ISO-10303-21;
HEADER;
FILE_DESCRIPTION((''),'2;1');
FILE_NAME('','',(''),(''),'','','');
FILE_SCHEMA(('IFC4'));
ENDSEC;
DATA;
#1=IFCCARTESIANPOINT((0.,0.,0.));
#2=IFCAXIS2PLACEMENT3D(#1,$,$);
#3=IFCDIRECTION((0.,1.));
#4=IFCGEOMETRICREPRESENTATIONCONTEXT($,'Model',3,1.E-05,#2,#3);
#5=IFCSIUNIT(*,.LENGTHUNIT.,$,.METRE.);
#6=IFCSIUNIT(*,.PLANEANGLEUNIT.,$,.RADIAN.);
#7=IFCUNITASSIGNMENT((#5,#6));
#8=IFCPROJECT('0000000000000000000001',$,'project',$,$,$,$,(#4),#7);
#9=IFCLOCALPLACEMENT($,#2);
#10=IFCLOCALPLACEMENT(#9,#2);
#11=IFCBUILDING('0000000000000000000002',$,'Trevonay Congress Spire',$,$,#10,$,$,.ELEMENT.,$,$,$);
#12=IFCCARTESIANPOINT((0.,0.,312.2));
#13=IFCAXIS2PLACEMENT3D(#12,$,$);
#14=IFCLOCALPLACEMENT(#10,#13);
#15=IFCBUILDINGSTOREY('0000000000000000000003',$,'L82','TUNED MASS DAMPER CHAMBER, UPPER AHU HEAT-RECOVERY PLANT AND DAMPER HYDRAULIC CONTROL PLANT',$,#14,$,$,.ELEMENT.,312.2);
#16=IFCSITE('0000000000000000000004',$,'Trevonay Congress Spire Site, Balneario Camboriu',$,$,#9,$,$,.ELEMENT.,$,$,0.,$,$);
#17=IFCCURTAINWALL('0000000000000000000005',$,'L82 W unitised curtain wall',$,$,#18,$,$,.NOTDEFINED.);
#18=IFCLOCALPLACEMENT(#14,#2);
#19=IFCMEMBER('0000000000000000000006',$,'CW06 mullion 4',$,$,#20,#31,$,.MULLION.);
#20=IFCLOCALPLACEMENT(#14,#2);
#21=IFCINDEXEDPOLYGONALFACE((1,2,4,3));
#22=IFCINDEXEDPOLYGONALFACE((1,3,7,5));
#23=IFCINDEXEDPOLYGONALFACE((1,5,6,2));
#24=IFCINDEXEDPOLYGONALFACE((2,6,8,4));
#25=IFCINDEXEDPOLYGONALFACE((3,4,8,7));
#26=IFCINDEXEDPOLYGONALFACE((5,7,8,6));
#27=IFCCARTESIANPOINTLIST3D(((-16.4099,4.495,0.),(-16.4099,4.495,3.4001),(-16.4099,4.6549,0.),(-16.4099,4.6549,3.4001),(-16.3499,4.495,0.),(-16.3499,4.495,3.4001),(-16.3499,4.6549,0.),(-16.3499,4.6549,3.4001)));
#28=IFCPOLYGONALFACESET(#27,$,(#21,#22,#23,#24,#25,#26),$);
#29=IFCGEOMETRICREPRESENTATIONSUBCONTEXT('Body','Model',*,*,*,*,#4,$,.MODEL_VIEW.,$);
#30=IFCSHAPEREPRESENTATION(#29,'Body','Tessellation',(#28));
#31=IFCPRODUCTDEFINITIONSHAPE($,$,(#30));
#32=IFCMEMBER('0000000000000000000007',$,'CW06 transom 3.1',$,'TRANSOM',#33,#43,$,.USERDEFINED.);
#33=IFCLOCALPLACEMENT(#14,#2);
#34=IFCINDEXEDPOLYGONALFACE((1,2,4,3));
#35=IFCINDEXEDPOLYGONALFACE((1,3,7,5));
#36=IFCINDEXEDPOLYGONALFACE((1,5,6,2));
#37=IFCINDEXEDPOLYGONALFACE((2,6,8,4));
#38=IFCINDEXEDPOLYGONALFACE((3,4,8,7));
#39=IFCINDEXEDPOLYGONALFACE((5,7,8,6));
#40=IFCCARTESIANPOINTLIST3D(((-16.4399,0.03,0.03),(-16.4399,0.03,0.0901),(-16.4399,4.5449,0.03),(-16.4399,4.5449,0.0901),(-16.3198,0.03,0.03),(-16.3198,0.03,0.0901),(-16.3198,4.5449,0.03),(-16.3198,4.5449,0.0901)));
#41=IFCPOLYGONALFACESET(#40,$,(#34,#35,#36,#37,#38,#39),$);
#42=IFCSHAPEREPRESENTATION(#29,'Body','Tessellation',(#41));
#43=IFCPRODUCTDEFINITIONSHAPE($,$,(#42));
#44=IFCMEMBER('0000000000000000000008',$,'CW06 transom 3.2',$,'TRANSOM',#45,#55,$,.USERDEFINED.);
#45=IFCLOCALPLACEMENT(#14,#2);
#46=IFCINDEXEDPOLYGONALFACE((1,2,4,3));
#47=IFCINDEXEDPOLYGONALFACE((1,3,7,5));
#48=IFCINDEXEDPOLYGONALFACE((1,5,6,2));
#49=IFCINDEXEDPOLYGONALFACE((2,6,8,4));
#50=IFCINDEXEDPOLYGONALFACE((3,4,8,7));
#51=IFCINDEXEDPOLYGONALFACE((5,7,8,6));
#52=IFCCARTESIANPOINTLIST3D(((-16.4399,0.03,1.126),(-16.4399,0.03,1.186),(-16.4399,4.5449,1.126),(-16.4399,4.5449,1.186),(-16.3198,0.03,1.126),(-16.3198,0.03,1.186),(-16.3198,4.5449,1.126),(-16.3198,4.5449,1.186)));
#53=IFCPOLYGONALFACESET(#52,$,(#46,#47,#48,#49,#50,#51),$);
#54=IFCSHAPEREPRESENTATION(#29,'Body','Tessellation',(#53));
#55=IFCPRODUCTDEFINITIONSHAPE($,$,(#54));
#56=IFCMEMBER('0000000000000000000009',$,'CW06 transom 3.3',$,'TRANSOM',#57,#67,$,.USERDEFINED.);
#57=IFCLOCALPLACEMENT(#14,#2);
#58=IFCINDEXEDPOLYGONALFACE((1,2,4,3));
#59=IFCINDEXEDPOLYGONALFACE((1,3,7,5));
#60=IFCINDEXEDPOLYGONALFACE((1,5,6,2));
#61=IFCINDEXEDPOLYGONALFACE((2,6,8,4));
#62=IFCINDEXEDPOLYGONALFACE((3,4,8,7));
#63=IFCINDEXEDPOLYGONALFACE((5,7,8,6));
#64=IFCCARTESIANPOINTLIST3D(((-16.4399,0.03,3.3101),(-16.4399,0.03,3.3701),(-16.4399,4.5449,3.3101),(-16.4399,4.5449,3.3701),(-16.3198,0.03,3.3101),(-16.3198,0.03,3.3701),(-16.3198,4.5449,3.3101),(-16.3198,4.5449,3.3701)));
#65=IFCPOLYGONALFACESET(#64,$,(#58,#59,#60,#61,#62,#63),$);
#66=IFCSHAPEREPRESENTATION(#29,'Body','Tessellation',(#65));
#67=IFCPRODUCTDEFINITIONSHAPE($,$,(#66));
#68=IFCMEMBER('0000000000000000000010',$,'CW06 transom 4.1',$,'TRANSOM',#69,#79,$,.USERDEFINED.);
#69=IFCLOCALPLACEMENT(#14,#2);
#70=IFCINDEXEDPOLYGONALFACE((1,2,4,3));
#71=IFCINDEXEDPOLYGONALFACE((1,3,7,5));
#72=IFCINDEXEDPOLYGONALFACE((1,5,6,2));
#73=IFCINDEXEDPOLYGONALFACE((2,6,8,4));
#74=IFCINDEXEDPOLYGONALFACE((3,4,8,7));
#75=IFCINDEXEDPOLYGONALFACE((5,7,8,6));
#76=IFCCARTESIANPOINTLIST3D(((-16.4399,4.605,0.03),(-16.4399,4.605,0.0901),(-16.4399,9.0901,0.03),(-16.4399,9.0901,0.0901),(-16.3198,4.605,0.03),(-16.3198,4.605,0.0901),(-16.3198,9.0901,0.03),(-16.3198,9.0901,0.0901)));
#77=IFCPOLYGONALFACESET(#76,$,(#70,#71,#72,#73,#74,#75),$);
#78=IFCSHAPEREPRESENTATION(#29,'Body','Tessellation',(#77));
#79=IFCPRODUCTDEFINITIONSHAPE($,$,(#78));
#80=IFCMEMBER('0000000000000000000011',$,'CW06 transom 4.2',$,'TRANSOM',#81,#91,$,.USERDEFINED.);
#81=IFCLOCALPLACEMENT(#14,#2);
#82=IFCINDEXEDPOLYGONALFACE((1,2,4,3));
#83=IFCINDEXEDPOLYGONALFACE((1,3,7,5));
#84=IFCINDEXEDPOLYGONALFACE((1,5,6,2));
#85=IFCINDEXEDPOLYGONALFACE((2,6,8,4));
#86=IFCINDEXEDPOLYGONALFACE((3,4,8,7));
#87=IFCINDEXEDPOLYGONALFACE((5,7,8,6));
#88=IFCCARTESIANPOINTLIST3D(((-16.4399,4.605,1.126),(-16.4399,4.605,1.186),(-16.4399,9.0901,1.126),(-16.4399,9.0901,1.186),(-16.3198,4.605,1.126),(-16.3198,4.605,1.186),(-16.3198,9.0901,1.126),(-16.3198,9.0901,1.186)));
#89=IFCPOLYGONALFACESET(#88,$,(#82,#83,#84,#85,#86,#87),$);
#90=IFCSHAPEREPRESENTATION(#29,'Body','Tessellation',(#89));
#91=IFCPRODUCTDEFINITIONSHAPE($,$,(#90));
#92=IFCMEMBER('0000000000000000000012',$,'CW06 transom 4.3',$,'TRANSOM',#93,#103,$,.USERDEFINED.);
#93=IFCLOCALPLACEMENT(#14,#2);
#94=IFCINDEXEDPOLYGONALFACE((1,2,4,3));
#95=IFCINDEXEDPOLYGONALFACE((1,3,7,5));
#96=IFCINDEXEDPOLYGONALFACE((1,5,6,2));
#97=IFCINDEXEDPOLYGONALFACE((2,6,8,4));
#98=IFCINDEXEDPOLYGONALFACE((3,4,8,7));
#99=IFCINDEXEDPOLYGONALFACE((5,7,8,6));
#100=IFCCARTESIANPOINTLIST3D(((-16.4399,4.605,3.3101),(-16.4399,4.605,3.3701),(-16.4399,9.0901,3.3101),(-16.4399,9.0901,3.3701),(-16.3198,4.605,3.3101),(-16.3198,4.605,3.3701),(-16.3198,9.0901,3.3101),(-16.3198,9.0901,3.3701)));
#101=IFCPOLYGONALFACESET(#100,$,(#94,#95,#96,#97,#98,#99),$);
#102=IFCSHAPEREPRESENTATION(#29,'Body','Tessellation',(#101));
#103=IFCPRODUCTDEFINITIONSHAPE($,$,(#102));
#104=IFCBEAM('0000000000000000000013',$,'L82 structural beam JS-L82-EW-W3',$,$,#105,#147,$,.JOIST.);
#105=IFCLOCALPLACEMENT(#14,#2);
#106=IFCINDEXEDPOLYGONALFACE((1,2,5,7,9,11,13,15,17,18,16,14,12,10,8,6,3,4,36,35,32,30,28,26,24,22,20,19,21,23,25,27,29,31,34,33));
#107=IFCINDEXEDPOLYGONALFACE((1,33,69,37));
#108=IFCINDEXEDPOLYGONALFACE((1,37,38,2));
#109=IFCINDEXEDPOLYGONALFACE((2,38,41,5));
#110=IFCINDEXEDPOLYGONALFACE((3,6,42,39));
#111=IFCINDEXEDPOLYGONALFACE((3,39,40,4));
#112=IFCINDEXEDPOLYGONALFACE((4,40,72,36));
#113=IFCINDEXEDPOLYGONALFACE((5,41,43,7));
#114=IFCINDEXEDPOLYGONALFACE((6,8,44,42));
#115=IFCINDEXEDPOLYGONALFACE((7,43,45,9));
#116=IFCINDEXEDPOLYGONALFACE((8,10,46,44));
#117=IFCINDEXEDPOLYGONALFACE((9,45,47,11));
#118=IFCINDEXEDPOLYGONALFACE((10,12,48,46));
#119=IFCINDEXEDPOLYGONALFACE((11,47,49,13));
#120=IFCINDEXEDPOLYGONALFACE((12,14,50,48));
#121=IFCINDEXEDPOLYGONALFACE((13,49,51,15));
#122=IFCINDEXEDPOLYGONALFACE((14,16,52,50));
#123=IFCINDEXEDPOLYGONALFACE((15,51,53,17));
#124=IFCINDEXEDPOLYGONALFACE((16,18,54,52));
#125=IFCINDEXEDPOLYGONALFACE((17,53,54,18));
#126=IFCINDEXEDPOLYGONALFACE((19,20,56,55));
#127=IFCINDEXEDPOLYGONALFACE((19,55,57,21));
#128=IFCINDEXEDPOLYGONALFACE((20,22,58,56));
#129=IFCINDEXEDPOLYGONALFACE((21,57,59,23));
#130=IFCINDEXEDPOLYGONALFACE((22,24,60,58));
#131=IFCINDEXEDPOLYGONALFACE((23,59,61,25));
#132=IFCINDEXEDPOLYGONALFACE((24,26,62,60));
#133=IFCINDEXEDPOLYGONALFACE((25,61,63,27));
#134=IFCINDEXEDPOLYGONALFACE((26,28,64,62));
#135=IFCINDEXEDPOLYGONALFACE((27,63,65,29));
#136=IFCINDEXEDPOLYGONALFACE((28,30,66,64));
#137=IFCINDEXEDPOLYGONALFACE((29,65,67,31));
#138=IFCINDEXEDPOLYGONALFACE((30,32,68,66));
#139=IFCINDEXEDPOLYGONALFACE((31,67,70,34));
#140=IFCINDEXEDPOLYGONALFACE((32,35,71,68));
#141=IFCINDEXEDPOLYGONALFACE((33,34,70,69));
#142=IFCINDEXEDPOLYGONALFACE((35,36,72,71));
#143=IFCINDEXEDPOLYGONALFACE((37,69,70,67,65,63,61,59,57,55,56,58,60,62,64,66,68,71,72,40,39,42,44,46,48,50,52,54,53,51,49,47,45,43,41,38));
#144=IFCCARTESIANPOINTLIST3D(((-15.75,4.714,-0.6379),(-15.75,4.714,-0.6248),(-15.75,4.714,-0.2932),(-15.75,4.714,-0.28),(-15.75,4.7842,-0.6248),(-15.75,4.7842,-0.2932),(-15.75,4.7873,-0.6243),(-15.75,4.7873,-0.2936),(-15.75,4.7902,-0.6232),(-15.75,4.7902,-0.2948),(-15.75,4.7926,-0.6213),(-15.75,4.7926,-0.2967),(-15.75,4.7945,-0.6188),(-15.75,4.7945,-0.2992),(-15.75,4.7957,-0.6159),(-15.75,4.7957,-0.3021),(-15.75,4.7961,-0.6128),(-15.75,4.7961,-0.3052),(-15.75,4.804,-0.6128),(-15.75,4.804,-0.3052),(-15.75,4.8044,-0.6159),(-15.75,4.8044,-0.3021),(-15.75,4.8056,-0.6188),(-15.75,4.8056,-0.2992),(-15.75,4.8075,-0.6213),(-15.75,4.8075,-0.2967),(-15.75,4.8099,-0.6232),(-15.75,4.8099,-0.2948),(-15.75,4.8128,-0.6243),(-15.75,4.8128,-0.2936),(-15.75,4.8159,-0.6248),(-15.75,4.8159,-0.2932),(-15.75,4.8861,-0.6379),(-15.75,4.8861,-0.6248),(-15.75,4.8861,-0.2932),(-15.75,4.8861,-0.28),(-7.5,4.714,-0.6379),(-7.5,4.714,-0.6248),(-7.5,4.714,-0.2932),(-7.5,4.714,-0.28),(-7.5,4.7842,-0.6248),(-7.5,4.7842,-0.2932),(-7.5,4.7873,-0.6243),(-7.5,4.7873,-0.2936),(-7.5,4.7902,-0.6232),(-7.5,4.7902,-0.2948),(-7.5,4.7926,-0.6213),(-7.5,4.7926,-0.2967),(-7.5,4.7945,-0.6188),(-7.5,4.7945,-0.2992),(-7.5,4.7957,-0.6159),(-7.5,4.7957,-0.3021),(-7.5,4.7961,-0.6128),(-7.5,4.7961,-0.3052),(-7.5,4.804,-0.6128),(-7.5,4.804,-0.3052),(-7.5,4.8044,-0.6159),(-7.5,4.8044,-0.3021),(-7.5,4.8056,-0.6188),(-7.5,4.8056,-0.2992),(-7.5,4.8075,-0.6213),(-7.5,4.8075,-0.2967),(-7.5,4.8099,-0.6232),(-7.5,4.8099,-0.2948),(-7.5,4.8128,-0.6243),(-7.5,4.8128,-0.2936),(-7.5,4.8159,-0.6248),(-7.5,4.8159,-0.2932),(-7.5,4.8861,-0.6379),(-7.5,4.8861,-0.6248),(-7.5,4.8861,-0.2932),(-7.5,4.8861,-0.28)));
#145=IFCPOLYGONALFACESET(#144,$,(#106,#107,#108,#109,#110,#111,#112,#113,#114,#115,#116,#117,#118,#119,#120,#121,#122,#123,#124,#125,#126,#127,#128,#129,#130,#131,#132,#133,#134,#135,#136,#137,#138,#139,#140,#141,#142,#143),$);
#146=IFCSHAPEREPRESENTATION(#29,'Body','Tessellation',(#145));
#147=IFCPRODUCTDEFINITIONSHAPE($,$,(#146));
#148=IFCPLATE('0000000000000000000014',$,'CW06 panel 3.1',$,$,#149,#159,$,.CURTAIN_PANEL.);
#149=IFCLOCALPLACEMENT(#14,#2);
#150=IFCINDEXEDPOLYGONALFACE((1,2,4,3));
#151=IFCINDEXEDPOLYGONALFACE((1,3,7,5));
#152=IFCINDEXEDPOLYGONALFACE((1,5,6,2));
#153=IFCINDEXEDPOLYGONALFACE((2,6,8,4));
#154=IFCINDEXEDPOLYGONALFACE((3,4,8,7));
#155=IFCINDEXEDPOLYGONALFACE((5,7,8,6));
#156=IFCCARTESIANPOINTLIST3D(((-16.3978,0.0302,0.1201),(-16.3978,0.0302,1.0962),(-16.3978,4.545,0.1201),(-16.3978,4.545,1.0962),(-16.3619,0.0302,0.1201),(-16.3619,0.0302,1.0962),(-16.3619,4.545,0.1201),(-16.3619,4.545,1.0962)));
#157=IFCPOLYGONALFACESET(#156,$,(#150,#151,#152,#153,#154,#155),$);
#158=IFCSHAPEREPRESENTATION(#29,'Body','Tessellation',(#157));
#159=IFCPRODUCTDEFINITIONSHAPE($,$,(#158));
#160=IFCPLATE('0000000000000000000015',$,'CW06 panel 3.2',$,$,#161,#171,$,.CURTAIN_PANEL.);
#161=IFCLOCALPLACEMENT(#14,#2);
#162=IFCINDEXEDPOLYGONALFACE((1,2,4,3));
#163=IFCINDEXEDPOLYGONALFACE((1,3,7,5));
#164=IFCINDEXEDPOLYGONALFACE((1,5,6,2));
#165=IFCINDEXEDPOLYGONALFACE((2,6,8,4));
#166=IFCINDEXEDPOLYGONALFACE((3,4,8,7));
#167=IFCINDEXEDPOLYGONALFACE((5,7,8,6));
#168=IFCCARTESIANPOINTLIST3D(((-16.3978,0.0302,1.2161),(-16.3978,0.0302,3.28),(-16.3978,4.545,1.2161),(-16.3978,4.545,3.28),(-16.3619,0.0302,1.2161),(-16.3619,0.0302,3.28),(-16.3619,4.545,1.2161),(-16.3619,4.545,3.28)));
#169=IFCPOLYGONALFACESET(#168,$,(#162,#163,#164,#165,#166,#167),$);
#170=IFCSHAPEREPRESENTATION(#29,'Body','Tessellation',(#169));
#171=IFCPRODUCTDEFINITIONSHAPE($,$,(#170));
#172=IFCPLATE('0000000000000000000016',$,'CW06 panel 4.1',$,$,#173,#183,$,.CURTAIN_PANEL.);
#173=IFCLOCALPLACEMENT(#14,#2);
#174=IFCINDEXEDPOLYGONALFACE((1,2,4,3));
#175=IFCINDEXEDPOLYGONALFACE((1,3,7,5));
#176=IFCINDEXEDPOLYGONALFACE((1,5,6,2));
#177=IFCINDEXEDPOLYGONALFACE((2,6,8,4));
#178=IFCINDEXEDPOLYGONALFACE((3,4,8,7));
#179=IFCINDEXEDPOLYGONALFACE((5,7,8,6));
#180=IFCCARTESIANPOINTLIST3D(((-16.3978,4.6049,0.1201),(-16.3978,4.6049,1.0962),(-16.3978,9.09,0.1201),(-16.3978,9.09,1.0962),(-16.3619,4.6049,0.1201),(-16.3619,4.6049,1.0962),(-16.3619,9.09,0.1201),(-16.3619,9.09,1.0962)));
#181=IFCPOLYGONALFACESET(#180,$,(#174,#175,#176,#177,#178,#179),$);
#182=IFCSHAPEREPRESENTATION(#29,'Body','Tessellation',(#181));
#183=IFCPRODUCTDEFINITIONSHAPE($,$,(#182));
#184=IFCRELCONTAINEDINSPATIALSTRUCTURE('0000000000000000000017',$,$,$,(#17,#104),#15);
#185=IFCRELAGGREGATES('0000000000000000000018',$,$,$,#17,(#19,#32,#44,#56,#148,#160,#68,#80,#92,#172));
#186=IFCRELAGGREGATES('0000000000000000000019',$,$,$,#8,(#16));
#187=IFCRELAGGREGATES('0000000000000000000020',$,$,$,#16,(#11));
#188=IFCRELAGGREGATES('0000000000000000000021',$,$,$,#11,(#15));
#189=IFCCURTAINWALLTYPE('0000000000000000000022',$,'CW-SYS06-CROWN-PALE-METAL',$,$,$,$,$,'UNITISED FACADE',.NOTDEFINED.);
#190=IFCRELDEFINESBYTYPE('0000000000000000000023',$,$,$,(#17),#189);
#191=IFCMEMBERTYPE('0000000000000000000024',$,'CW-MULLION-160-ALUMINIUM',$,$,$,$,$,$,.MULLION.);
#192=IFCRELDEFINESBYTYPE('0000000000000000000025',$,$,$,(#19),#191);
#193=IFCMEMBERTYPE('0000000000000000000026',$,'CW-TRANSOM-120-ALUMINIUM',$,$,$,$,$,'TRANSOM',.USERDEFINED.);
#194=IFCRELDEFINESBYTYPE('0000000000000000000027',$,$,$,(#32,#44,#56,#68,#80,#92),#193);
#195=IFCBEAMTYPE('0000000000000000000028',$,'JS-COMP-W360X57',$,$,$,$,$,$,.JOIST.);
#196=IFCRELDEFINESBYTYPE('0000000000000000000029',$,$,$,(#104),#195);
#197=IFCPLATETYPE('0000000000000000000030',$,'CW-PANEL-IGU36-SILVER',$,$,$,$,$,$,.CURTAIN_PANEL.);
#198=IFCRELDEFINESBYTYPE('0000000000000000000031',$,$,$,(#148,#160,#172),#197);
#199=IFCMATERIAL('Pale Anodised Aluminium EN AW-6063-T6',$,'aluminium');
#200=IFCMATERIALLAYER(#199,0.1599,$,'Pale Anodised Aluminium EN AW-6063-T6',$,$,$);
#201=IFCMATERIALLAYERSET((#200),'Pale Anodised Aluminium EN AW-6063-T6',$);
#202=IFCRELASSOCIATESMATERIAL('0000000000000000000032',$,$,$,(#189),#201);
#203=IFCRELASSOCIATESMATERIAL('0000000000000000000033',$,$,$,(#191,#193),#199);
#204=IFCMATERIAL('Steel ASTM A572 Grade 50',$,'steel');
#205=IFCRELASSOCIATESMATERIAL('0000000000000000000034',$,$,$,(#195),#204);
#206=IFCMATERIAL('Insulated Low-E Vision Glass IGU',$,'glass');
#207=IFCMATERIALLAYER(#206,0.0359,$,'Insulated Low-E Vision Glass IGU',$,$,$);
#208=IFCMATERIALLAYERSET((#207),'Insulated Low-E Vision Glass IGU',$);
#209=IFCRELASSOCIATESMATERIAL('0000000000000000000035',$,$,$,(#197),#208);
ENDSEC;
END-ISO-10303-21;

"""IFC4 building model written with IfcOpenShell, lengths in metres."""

from ifc_helpers import new_model, si_unit, direction, frame, origin, origin_2d, place, context, subcontext, project, spatial, rectangle, i_section, extrude, material, layer, layer_set, material_profile, profile_set, type_object, element, aggregate, save


model = new_model("IFC4")

# Units and contexts
model_context = context("Model", 3, precision=1e-05, world=origin(), true_north=direction((0.0, 1.0)))
body_context = subcontext(model_context, "Body", "Model", "MODEL_VIEW")
ifc_project = project(units=[si_unit("LENGTHUNIT", "METRE"), si_unit("PLANEANGLEUNIT", "RADIAN")], contexts=[model_context])

# Site, building, storey
site_placement = place(None, origin())
site = spatial("IfcSite", under=ifc_project, at=site_placement, Name="Trevonay Congress Spire Site, Balneario Camboriu", CompositionType="ELEMENT", RefElevation=0.0)
building_placement = place(site_placement, origin())
building = spatial("IfcBuilding", under=site, at=building_placement, Name="Trevonay Congress Spire", CompositionType="ELEMENT")
storey_placement = place(building_placement, frame((0.0, 0.0, 312.2)))
storey = spatial("IfcBuildingStorey", under=building, at=storey_placement, Name="L82", Description="TUNED MASS DAMPER CHAMBER, UPPER AHU HEAT-RECOVERY PLANT AND DAMPER HYDRAULIC CONTROL PLANT", CompositionType="ELEMENT", Elevation=312.2)

# Shared definitions
ifc_material_1 = material(Name="Steel ASTM A572 Grade 50", Category="steel")

# Curtain wall, members
ifc_material_2 = material(Name="Pale Anodised Aluminium EN AW-6063-T6", Category="aluminium")
ifc_layer_1 = layer(ifc_material_2, 0.1599, Name="Pale Anodised Aluminium EN AW-6063-T6")
ifc_layer_set_1 = layer_set([ifc_layer_1], Name="Pale Anodised Aluminium EN AW-6063-T6")
curtain_wall_type = type_object("IfcCurtainWallType", Name="CW-SYS06-CROWN-PALE-METAL", ElementType="UNITISED FACADE", PredefinedType="NOTDEFINED", material=ifc_layer_set_1)
curtain_wall_placement = place(storey_placement, origin())
curtain_wall = element("IfcCurtainWall", 1, at=curtain_wall_placement, inside=storey, type_object=curtain_wall_type, Name="L82 W unitised curtain wall", PredefinedType="NOTDEFINED")
ifc_material_profile_1 = material_profile(ifc_material_2, rectangle(XDim=0.0601, YDim=0.1599, at=origin_2d()), Name="CW-MULLION-160-ALUMINIUM")
ifc_profile_set_1 = profile_set([ifc_material_profile_1], Name="Pale Anodised Aluminium EN AW-6063-T6")
member_type_1 = type_object("IfcMemberType", Name="CW-MULLION-160-ALUMINIUM", PredefinedType="MULLION", material=ifc_profile_set_1)
member_1_placement = place(storey_placement, frame((-16.3799, 4.575, 0.0), z_axis=(0.0, 0.0, 1.0), x_axis=(-1.0, 0.0, 0.0)))
member_1 = element("IfcMember", 2, at=member_1_placement, type_object=member_type_1, Name="CW06 mullion 4", PredefinedType="MULLION", context=body_context, shape_type="SweptSolid", body=[
    extrude(rectangle(XDim=0.0601, YDim=0.1599, at=origin_2d()), origin(), (0.0, 0.0, 1.0), 3.4001),
])
ifc_material_profile_2 = material_profile(ifc_material_2, rectangle(XDim=0.1201, YDim=0.0601, at=origin_2d()), Name="CW-TRANSOM-120-ALUMINIUM")
ifc_profile_set_2 = profile_set([ifc_material_profile_2], Name="Pale Anodised Aluminium EN AW-6063-T6")
member_type_2 = type_object("IfcMemberType", Name="CW-TRANSOM-120-ALUMINIUM", ElementType="TRANSOM", PredefinedType="USERDEFINED", material=ifc_profile_set_2)
member_2_placement = place(storey_placement, frame((-16.3799, 0.03, 0.0601), z_axis=(0.0, 1.0, 0.0), x_axis=(-1.0, 0.0, 0.0)))
member_2 = element("IfcMember", 3, at=member_2_placement, type_object=member_type_2, Name="CW06 transom 3.1", ObjectType="TRANSOM", PredefinedType="USERDEFINED", context=body_context, shape_type="SweptSolid", body=[
    extrude(rectangle(XDim=0.1201, YDim=0.0601, at=origin_2d()), origin(), (0.0, 0.0, 1.0), 4.5149),
])
member_3_placement = place(storey_placement, frame((-16.3799, 0.03, 1.156), z_axis=(0.0, 1.0, 0.0), x_axis=(-1.0, 0.0, 0.0)))
member_3 = element("IfcMember", 4, at=member_3_placement, type_object=member_type_2, Name="CW06 transom 3.2", ObjectType="TRANSOM", PredefinedType="USERDEFINED", context=body_context, shape_type="SweptSolid", body=[
    extrude(rectangle(XDim=0.1201, YDim=0.0601, at=origin_2d()), origin(), (0.0, 0.0, 1.0), 4.5149),
])
member_4_placement = place(storey_placement, frame((-16.3799, 0.03, 3.3401), z_axis=(0.0, 1.0, 0.0), x_axis=(-1.0, 0.0, 0.0)))
member_4 = element("IfcMember", 5, at=member_4_placement, type_object=member_type_2, Name="CW06 transom 3.3", ObjectType="TRANSOM", PredefinedType="USERDEFINED", context=body_context, shape_type="SweptSolid", body=[
    extrude(rectangle(XDim=0.1201, YDim=0.0601, at=origin_2d()), origin(), (0.0, 0.0, 1.0), 4.5149),
])
member_5_placement = place(storey_placement, frame((-16.3799, 4.605, 0.0601), z_axis=(0.0, 1.0, 0.0), x_axis=(-1.0, 0.0, 0.0)))
member_5 = element("IfcMember", 6, at=member_5_placement, type_object=member_type_2, Name="CW06 transom 4.1", ObjectType="TRANSOM", PredefinedType="USERDEFINED", context=body_context, shape_type="SweptSolid", body=[
    extrude(rectangle(XDim=0.1201, YDim=0.0601, at=origin_2d()), origin(), (0.0, 0.0, 1.0), 4.4851),
])
member_6_placement = place(storey_placement, frame((-16.3799, 4.605, 1.156), z_axis=(0.0, 1.0, 0.0), x_axis=(-1.0, 0.0, 0.0)))
member_6 = element("IfcMember", 7, at=member_6_placement, type_object=member_type_2, Name="CW06 transom 4.2", ObjectType="TRANSOM", PredefinedType="USERDEFINED", context=body_context, shape_type="SweptSolid", body=[
    extrude(rectangle(XDim=0.1201, YDim=0.0601, at=origin_2d()), origin(), (0.0, 0.0, 1.0), 4.4851),
])
member_7_placement = place(storey_placement, frame((-16.3799, 4.605, 3.3401), z_axis=(0.0, 1.0, 0.0), x_axis=(-1.0, 0.0, 0.0)))
member_7 = element("IfcMember", 8, at=member_7_placement, type_object=member_type_2, Name="CW06 transom 4.3", ObjectType="TRANSOM", PredefinedType="USERDEFINED", context=body_context, shape_type="SweptSolid", body=[
    extrude(rectangle(XDim=0.1201, YDim=0.0601, at=origin_2d()), origin(), (0.0, 0.0, 1.0), 4.4851),
])

# Beam
ifc_material_profile_3 = material_profile(ifc_material_1, i_section(OverallWidth=0.1721, OverallDepth=0.3579, WebThickness=0.0078, FlangeThickness=0.0132, FilletRadius=0.012, at=origin_2d()), Name="W360x57.8")
ifc_profile_set_3 = profile_set([ifc_material_profile_3], Name="Steel ASTM A572 Grade 50")
beam_type_1 = type_object("IfcBeamType", Name="JS-COMP-W360X57", PredefinedType="JOIST", material=ifc_profile_set_3)
beam_1_placement = place(storey_placement, frame((-15.75, 4.8, -0.459), z_axis=(1.0, 0.0, 0.0), x_axis=(0.0, 1.0, 0.0)))
element("IfcBeam", 9, at=beam_1_placement, inside=storey, type_object=beam_type_1, Name="L82 structural beam JS-L82-EW-W3", PredefinedType="JOIST", context=body_context, shape_type="SweptSolid", body=[
    extrude(i_section(OverallWidth=0.1721, OverallDepth=0.3579, WebThickness=0.0078, FlangeThickness=0.0132, FilletRadius=0.012, at=origin_2d()), origin(), (0.0, 0.0, 1.0), 8.25),
])

# Plates
ifc_material_3 = material(Name="Insulated Low-E Vision Glass IGU", Category="glass")
ifc_layer_2 = layer(ifc_material_3, 0.0359, Name="Insulated Low-E Vision Glass IGU")
ifc_layer_set_2 = layer_set([ifc_layer_2], Name="Insulated Low-E Vision Glass IGU")
plate_type = type_object("IfcPlateType", Name="CW-PANEL-IGU36-SILVER", PredefinedType="CURTAIN_PANEL", material=ifc_layer_set_2)
plate_1_placement = place(storey_placement, frame((-16.3799, 2.2876, 0.1201), z_axis=(0.0, 0.0, 1.0), x_axis=(0.0, 1.0, 0.0)))
plate_1 = element("IfcPlate", 10, at=plate_1_placement, type_object=plate_type, Name="CW06 panel 3.1", PredefinedType="CURTAIN_PANEL", context=body_context, shape_type="SweptSolid", body=[
    extrude(rectangle(XDim=4.5149, YDim=0.0359, at=origin_2d()), origin(), (0.0, 0.0, 1.0), 0.9761),
])
plate_2_placement = place(storey_placement, frame((-16.3799, 2.2876, 1.2161), z_axis=(0.0, 0.0, 1.0), x_axis=(0.0, 1.0, 0.0)))
plate_2 = element("IfcPlate", 11, at=plate_2_placement, type_object=plate_type, Name="CW06 panel 3.2", PredefinedType="CURTAIN_PANEL", context=body_context, shape_type="SweptSolid", body=[
    extrude(rectangle(XDim=4.5149, YDim=0.0359, at=origin_2d()), origin(), (0.0, 0.0, 1.0), 2.064),
])
plate_3_placement = place(storey_placement, frame((-16.3799, 6.8474, 0.1201), z_axis=(0.0, 0.0, 1.0), x_axis=(0.0, 1.0, 0.0)))
plate_3 = element("IfcPlate", 12, at=plate_3_placement, type_object=plate_type, Name="CW06 panel 4.1", PredefinedType="CURTAIN_PANEL", context=body_context, shape_type="SweptSolid", body=[
    extrude(rectangle(XDim=4.4851, YDim=0.0359, at=origin_2d()), origin(), (0.0, 0.0, 1.0), 0.9761),
])
aggregate(curtain_wall, [member_1, member_2, member_3, member_4, plate_1, plate_2, member_5, member_6, member_7, plate_3])

save(model, "model.ifc")
